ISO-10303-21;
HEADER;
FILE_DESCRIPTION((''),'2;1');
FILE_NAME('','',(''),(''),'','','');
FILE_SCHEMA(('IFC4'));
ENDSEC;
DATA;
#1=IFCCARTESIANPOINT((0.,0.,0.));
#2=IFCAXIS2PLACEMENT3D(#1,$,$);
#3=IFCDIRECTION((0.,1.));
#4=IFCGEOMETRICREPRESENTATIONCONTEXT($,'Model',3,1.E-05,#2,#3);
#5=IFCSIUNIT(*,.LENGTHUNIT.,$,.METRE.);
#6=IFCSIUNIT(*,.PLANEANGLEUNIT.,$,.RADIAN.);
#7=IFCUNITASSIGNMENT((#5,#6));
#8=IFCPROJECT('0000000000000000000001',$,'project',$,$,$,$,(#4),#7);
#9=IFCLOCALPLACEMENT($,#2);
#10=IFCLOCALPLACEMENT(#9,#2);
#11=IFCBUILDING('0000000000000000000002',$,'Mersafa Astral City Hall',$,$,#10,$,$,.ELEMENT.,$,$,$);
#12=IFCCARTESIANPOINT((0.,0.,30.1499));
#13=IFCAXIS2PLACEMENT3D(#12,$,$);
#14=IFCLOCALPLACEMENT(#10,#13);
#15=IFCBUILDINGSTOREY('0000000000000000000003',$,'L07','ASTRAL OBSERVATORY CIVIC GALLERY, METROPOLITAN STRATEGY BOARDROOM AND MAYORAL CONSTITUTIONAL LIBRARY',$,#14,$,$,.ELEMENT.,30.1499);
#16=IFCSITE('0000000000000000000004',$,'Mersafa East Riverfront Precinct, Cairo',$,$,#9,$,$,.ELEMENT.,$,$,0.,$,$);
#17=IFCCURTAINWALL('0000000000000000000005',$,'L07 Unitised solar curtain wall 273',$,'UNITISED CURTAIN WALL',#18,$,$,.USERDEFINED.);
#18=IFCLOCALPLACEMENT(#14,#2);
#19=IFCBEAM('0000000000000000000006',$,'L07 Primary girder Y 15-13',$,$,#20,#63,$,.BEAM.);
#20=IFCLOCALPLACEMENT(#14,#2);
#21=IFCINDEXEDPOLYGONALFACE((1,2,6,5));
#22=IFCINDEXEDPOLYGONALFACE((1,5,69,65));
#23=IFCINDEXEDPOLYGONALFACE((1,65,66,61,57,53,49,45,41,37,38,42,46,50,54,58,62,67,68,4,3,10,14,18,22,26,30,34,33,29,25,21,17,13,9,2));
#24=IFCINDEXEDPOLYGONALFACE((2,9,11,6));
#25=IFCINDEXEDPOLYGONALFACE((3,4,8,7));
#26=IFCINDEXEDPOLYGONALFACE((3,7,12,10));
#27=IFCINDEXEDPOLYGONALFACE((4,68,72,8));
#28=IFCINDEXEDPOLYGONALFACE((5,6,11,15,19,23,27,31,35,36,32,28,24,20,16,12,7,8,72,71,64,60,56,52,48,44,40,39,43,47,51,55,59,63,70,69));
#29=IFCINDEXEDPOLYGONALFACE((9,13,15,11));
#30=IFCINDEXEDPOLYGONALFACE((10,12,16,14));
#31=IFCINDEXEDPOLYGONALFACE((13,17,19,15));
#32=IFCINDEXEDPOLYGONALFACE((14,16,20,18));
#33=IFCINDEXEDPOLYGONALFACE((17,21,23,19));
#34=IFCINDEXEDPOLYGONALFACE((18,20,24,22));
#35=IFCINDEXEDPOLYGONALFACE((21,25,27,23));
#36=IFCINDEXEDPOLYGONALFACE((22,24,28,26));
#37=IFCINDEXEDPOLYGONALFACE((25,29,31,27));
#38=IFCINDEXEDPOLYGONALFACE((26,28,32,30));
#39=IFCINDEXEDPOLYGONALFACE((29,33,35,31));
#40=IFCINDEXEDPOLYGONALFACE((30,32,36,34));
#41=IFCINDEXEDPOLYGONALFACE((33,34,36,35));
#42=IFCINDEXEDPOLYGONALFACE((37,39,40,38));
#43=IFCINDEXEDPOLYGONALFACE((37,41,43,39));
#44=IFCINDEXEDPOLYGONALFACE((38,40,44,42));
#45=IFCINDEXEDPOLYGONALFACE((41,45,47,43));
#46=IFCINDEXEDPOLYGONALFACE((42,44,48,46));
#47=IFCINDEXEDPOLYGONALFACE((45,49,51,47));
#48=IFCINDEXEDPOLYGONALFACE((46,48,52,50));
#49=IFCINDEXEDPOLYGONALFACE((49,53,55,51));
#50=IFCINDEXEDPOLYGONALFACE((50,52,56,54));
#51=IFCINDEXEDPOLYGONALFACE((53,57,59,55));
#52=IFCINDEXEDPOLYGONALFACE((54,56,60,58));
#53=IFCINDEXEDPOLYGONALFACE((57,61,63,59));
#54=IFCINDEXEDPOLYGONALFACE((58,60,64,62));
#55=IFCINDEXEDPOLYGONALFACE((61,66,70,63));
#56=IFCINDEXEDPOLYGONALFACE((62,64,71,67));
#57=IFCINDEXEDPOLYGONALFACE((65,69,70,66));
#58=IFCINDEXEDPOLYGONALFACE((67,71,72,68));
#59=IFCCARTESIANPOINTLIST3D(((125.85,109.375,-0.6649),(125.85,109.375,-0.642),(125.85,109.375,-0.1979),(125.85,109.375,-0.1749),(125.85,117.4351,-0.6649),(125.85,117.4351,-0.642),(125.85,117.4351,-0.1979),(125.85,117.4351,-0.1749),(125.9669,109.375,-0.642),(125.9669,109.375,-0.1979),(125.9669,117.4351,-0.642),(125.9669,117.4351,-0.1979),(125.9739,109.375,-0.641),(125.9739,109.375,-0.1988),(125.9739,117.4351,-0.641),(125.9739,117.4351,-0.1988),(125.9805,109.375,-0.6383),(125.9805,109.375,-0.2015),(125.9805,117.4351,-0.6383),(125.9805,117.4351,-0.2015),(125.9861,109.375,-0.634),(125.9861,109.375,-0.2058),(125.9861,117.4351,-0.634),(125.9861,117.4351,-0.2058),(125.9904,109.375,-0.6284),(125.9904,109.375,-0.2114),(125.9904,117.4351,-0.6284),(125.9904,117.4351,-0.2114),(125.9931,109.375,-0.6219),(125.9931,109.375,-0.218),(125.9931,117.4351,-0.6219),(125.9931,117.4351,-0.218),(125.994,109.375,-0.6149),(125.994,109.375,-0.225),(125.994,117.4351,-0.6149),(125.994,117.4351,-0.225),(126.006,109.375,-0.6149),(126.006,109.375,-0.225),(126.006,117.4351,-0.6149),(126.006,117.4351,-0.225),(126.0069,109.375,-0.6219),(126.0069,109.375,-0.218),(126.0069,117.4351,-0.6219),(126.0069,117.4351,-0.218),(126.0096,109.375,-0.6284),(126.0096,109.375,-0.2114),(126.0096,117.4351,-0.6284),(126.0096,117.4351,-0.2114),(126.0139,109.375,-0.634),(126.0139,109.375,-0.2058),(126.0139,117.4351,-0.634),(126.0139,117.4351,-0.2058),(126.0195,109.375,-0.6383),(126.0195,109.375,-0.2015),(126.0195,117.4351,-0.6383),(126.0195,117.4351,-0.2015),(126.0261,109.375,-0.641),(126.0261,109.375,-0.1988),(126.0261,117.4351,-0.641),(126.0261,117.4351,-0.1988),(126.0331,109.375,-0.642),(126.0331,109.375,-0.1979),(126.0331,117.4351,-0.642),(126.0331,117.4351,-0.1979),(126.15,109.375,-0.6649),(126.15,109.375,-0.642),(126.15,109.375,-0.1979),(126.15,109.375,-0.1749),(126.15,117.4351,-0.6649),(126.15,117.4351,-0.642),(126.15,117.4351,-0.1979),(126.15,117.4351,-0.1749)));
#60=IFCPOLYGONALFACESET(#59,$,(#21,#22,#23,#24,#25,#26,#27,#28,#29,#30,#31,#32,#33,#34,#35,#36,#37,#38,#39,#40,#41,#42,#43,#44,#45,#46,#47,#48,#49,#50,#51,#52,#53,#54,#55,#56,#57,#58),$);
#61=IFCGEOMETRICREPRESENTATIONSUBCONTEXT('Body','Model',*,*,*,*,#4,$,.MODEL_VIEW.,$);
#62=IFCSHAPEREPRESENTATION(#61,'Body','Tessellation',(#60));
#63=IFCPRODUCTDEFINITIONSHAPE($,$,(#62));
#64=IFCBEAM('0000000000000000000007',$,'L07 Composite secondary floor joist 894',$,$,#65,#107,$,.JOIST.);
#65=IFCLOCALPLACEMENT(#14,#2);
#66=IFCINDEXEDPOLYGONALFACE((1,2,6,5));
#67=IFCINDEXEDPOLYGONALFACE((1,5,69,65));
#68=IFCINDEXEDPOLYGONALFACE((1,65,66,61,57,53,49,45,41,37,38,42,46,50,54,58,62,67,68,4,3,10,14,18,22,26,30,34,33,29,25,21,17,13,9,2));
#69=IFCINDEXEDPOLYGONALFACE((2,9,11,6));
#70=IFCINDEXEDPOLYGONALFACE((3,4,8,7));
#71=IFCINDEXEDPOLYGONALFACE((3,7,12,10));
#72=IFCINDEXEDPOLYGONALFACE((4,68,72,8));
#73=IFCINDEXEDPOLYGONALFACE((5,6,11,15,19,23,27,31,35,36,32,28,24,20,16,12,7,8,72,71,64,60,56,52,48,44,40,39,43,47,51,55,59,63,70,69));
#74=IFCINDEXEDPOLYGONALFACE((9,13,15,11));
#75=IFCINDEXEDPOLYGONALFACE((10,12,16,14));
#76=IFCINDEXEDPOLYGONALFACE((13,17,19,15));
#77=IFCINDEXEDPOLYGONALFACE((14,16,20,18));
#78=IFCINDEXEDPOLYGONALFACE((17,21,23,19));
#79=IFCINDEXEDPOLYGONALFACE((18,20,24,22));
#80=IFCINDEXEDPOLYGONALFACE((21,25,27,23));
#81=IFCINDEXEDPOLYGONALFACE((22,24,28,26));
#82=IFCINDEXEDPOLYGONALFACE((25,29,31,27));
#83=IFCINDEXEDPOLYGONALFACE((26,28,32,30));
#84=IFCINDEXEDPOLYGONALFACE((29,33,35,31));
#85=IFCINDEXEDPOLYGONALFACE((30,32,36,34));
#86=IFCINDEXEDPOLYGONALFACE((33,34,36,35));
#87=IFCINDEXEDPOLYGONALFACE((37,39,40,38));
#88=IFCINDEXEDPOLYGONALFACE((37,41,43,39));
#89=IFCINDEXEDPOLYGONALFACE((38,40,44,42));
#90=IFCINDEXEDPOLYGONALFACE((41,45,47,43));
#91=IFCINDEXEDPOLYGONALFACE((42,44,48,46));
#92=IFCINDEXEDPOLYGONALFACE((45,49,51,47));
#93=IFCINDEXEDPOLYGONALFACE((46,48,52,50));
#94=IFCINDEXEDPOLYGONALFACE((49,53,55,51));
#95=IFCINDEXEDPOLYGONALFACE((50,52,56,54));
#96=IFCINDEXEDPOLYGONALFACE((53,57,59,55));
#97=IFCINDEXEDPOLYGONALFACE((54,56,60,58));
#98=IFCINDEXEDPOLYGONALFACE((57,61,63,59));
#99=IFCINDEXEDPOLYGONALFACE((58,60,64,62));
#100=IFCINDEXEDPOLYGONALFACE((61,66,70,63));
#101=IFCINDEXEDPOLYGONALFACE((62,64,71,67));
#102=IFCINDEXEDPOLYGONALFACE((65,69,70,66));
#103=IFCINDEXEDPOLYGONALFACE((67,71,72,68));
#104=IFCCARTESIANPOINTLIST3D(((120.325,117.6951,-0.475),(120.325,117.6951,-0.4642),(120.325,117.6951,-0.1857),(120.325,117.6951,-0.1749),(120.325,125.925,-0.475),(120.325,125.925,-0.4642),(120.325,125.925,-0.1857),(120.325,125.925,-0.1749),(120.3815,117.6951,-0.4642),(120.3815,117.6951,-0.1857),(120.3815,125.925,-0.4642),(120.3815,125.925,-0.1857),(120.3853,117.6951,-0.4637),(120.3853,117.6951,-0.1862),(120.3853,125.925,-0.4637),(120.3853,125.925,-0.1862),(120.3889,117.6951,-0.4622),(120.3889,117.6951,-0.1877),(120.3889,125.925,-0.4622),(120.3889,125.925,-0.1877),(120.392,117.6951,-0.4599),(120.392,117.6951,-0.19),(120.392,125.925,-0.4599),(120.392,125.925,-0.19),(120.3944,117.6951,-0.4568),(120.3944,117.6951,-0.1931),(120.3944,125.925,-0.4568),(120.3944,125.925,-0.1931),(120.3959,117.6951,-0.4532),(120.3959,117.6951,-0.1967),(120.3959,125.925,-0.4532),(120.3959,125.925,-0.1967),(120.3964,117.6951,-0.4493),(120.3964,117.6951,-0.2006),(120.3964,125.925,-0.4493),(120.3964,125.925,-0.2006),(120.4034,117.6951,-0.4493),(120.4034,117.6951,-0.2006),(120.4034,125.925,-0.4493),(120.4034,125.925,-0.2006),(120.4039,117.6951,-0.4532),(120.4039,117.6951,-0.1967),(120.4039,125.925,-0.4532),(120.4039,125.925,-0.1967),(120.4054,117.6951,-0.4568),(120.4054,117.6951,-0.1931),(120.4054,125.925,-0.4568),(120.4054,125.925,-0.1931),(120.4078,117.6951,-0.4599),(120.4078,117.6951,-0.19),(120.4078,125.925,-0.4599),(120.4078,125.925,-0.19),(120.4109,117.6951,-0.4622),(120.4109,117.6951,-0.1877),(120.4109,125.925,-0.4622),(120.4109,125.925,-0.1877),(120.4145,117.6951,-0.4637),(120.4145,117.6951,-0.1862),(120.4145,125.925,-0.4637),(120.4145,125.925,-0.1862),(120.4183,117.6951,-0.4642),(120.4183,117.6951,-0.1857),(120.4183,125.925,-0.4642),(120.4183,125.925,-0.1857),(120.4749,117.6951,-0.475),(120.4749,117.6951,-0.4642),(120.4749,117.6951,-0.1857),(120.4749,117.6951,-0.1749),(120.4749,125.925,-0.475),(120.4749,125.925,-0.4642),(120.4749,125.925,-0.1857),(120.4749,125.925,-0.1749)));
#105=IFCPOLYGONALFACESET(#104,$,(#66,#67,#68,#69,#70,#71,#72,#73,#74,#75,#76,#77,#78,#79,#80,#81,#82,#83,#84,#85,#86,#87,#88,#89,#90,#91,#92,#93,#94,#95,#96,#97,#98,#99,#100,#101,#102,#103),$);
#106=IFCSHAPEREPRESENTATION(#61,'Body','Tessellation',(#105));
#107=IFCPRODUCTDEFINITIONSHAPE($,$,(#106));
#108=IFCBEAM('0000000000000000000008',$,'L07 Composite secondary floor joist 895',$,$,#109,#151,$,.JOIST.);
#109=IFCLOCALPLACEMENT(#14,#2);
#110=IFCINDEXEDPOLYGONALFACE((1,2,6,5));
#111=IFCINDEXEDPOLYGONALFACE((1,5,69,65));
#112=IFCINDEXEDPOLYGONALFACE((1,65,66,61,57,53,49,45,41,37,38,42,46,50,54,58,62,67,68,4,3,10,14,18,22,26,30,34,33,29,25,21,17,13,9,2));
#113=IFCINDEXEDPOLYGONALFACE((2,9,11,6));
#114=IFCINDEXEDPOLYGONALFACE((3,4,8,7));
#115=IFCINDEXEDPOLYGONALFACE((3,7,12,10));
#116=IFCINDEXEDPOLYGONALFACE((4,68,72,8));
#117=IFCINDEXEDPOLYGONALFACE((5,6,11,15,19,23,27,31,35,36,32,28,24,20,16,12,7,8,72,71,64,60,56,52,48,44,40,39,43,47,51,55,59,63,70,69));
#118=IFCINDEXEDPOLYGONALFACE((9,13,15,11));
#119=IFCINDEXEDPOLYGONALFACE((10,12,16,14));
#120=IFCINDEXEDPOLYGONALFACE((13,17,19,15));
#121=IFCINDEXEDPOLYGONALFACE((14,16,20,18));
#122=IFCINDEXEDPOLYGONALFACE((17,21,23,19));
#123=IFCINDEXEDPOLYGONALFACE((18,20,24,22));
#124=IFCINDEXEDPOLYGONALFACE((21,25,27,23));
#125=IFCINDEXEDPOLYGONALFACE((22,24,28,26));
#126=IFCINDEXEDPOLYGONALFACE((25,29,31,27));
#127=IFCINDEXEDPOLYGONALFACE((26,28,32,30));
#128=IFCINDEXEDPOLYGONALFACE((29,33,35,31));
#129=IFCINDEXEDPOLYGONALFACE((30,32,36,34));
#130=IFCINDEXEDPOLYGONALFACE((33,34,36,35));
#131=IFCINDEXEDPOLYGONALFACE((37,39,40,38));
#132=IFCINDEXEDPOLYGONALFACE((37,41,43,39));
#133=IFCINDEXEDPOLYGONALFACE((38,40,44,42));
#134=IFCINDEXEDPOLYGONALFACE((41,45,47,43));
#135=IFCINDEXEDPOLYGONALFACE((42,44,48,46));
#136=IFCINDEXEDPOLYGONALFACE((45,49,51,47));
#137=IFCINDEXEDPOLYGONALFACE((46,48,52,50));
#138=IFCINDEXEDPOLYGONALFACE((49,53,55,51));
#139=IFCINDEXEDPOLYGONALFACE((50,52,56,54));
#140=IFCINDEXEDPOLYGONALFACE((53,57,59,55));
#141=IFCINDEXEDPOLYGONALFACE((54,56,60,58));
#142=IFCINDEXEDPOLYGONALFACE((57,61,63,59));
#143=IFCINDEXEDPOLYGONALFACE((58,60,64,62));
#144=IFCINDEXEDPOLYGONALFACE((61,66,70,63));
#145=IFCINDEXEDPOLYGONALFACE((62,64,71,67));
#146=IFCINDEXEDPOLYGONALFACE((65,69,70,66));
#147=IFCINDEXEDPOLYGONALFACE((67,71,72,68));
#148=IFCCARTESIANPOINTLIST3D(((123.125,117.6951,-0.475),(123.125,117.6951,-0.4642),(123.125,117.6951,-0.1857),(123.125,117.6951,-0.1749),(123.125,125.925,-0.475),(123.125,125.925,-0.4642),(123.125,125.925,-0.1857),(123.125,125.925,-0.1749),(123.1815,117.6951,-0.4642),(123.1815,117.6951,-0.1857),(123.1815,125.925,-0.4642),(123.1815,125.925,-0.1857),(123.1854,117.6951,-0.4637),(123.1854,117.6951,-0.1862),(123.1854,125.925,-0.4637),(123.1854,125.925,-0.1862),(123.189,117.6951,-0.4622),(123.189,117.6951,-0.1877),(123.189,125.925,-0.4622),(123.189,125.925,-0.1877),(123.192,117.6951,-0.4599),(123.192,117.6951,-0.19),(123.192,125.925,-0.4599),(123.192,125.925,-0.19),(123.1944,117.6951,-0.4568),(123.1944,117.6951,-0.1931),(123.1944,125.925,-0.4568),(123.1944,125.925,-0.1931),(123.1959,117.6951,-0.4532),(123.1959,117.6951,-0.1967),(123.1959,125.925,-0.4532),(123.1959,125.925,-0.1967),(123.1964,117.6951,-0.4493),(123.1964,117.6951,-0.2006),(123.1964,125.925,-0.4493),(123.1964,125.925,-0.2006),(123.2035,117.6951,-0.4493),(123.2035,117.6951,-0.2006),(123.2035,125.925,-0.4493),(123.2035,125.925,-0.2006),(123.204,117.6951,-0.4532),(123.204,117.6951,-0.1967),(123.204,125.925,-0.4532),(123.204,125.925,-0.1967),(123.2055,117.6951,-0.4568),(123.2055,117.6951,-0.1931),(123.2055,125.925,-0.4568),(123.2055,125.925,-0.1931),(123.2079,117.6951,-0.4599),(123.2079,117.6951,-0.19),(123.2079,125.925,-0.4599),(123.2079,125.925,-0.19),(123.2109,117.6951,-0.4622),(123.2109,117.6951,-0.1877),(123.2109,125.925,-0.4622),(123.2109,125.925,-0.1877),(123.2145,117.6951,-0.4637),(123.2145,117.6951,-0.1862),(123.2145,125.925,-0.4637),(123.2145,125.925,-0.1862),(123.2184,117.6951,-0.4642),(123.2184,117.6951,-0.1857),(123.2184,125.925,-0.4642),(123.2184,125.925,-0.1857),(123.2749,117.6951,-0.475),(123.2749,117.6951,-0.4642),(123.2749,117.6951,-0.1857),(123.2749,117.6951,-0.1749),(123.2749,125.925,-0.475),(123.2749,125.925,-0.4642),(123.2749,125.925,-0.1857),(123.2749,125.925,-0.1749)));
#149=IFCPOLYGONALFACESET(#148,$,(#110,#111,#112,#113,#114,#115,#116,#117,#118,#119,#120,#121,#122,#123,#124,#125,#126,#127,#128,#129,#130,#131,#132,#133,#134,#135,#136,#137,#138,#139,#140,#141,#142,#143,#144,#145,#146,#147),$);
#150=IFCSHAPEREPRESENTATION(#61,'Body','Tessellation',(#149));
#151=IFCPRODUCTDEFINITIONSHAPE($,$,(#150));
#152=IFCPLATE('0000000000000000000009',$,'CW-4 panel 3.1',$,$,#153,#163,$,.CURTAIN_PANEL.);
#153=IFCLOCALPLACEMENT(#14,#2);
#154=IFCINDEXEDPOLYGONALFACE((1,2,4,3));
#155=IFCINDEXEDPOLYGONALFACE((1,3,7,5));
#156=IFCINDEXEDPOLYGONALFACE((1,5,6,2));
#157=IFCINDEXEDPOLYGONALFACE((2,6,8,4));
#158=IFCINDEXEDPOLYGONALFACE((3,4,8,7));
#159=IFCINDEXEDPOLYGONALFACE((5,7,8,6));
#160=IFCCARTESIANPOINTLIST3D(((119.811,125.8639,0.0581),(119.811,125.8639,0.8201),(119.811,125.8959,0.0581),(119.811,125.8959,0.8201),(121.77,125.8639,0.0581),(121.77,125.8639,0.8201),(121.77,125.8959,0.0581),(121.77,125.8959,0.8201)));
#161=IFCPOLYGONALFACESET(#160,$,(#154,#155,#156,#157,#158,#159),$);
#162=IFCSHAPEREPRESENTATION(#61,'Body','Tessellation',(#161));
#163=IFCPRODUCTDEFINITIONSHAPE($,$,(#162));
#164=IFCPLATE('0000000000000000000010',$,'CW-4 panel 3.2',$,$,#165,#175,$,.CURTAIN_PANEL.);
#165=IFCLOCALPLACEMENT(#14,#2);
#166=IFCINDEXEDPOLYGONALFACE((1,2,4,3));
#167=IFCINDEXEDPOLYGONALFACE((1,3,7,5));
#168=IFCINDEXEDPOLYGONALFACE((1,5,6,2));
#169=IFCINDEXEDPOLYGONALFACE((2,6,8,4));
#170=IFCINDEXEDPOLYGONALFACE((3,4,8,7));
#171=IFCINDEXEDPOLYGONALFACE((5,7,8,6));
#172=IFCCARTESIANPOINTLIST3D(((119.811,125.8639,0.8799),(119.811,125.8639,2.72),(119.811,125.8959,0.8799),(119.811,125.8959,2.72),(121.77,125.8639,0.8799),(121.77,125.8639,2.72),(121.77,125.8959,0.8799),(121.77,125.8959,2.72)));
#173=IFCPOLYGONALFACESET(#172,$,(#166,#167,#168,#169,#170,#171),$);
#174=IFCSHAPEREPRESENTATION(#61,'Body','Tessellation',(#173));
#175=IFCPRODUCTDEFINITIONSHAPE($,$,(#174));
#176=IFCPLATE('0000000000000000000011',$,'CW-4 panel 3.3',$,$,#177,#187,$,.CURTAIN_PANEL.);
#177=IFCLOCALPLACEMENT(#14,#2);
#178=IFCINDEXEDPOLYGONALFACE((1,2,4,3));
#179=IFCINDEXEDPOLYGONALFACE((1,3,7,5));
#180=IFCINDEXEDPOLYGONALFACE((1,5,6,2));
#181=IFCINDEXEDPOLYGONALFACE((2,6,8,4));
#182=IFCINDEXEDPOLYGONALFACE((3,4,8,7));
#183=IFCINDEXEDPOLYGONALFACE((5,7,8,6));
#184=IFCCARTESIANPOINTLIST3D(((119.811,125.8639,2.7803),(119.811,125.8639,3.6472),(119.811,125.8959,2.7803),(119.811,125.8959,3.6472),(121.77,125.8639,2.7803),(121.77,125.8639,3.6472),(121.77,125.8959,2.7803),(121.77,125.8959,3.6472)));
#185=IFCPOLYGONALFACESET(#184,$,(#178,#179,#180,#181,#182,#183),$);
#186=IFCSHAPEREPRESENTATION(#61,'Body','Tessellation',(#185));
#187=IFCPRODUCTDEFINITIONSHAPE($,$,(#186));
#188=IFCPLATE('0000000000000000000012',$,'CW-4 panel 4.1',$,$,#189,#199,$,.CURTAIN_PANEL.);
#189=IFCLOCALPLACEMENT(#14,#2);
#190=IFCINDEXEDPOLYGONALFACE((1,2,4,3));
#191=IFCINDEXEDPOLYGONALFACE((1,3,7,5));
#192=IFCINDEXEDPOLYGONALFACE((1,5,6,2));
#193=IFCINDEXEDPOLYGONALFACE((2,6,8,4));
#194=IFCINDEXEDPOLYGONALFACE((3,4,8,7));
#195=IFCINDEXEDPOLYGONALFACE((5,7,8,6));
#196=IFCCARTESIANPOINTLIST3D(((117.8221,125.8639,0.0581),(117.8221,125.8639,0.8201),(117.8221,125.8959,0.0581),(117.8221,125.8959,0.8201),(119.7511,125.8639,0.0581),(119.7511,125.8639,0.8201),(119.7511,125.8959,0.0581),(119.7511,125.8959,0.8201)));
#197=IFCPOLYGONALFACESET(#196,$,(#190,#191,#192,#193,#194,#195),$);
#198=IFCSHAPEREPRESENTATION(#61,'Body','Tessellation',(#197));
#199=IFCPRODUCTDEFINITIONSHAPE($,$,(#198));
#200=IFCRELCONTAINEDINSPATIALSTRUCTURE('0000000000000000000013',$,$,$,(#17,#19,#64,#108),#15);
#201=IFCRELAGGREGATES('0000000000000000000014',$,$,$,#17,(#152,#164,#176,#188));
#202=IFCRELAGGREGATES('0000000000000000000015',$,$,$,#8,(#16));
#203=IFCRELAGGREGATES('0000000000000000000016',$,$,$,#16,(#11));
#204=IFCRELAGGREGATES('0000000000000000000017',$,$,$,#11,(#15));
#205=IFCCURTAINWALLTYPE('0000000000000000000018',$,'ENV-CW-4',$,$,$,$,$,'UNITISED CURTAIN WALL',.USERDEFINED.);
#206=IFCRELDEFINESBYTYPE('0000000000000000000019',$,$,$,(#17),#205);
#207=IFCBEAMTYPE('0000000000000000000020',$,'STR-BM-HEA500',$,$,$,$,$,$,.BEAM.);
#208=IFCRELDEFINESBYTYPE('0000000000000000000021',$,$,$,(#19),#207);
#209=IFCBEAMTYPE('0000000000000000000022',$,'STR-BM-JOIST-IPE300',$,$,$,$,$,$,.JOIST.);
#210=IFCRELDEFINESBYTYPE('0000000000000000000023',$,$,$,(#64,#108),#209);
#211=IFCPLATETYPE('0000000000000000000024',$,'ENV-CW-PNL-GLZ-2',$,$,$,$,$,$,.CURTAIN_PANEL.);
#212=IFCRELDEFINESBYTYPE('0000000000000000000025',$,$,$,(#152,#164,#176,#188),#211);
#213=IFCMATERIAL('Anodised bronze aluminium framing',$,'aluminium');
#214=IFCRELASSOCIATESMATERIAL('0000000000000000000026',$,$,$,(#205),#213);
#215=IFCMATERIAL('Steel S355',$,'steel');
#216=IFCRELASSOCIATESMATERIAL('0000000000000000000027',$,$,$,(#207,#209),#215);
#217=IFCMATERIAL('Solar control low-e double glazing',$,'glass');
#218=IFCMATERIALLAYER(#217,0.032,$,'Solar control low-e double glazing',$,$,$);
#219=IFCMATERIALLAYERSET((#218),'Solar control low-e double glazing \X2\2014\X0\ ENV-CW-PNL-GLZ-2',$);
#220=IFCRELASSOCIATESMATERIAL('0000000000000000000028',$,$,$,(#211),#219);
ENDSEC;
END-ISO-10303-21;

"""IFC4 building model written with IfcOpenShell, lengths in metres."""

from ifc_helpers import new_model, si_unit, direction, frame, origin, origin_2d, place, context, subcontext, project, spatial, rectangle, i_section, extrude, material, layer, layer_set, material_profile, profile_set, type_object, element, aggregate, save


model = new_model("IFC4")

# Units and contexts
model_context = context("Model", 3, precision=1e-05, world=origin(), true_north=direction((0.0, 1.0)))
body_context = subcontext(model_context, "Body", "Model", "MODEL_VIEW")
ifc_project = project(units=[si_unit("LENGTHUNIT", "METRE"), si_unit("PLANEANGLEUNIT", "RADIAN")], contexts=[model_context])

# Site, building, storey
site_placement = place(None, origin())
site = spatial("IfcSite", under=ifc_project, at=site_placement, Name="Mersafa East Riverfront Precinct, Cairo", CompositionType="ELEMENT", RefElevation=0.0)
building_placement = place(site_placement, origin())
building = spatial("IfcBuilding", under=site, at=building_placement, Name="Mersafa Astral City Hall", CompositionType="ELEMENT")
storey_placement = place(building_placement, frame((0.0, 0.0, 30.1499)))
storey = spatial("IfcBuildingStorey", under=building, at=storey_placement, Name="L07", Description="ASTRAL OBSERVATORY CIVIC GALLERY, METROPOLITAN STRATEGY BOARDROOM AND MAYORAL CONSTITUTIONAL LIBRARY", CompositionType="ELEMENT", Elevation=30.1499)

# Curtain wall
ifc_material_1 = material(Name="Anodised bronze aluminium framing", Category="aluminium")
curtain_wall_type = type_object("IfcCurtainWallType", Name="ENV-CW-4", ElementType="UNITISED CURTAIN WALL", PredefinedType="USERDEFINED", material=ifc_material_1)
curtain_wall_placement = place(storey_placement, origin())
curtain_wall = element("IfcCurtainWall", 1, at=curtain_wall_placement, inside=storey, type_object=curtain_wall_type, Name="L07 Unitised solar curtain wall 273", ObjectType="UNITISED CURTAIN WALL", PredefinedType="USERDEFINED")

# Beams
ifc_material_2 = material(Name="Steel S355", Category="steel")
ifc_material_profile_1 = material_profile(ifc_material_2, i_section(OverallWidth=0.3, OverallDepth=0.49, WebThickness=0.012, FlangeThickness=0.0229, FilletRadius=0.0271, at=origin_2d()), Name="HEA 500")
ifc_profile_set_1 = profile_set([ifc_material_profile_1], Name="Steel S355")
beam_type_1 = type_object("IfcBeamType", Name="STR-BM-HEA500", PredefinedType="BEAM", material=ifc_profile_set_1)
beam_placement = place(storey_placement, frame((126.0, 109.375, -0.4199), z_axis=(0.0, 1.0, 0.0), x_axis=(-1.0, 0.0, 0.0)))
element("IfcBeam", 2, at=beam_placement, inside=storey, type_object=beam_type_1, Name="L07 Primary girder Y 15-13", PredefinedType="BEAM", context=body_context, shape_type="SweptSolid", body=[
    extrude(i_section(OverallWidth=0.3, OverallDepth=0.49, WebThickness=0.012, FlangeThickness=0.0229, FilletRadius=0.0271, at=origin_2d()), origin(), (0.0, 0.0, 1.0), 8.0601),
])
ifc_material_profile_2 = material_profile(ifc_material_2, i_section(OverallWidth=0.1499, OverallDepth=0.3, WebThickness=0.0071, FlangeThickness=0.0107, FilletRadius=0.0149, at=origin_2d()), Name="IPE 300")
ifc_profile_set_2 = profile_set([ifc_material_profile_2], Name="Steel S355")
beam_type_2 = type_object("IfcBeamType", Name="STR-BM-JOIST-IPE300", PredefinedType="JOIST", material=ifc_profile_set_2)
for number, where, z_axis, x_axis, name in (
    (3, (120.3999, 117.6951, -0.325), (0.0, 1.0, 0.0), (-1.0, 0.0, 0.0), "L07 Composite secondary floor joist 894"),
    (4, (123.2, 117.6951, -0.325), (0.0, 1.0, 0.0), (-1.0, 0.0, 0.0), "L07 Composite secondary floor joist 895"),
):
    element("IfcBeam", number, at=place(storey_placement, frame(where, z_axis=z_axis, x_axis=x_axis)), inside=storey, type_object=beam_type_2, Name=name, PredefinedType="JOIST", context=body_context, shape_type="SweptSolid", body=[
        extrude(i_section(OverallWidth=0.1499, OverallDepth=0.3, WebThickness=0.0071, FlangeThickness=0.0107, FilletRadius=0.0149, at=origin_2d()), origin(), (0.0, 0.0, 1.0), 8.23),
    ])

# Plates
ifc_material_3 = material(Name="Solar control low-e double glazing", Category="glass")
ifc_layer_1 = layer(ifc_material_3, 0.032, Name="Solar control low-e double glazing")
ifc_layer_set_1 = layer_set([ifc_layer_1], Name="Solar control low-e double glazing — ENV-CW-PNL-GLZ-2")
plate_type = type_object("IfcPlateType", Name="ENV-CW-PNL-GLZ-2", PredefinedType="CURTAIN_PANEL", material=ifc_layer_set_1)
plate_1_placement = place(storey_placement, frame((120.7905, 125.8799, 0.0581), z_axis=(0.0, 0.0, 1.0), x_axis=(-1.0, 0.0, 0.0)))
plate_1 = element("IfcPlate", 5, at=plate_1_placement, type_object=plate_type, Name="CW-4 panel 3.1", PredefinedType="CURTAIN_PANEL", context=body_context, shape_type="SweptSolid", body=[
    extrude(rectangle(XDim=1.959, YDim=0.032, at=origin_2d()), origin(), (0.0, 0.0, 1.0), 0.762),
])
plate_2_placement = place(storey_placement, frame((120.7905, 125.8799, 0.8799), z_axis=(0.0, 0.0, 1.0), x_axis=(-1.0, 0.0, 0.0)))
plate_2 = element("IfcPlate", 6, at=plate_2_placement, type_object=plate_type, Name="CW-4 panel 3.2", PredefinedType="CURTAIN_PANEL", context=body_context, shape_type="SweptSolid", body=[
    extrude(rectangle(XDim=1.959, YDim=0.032, at=origin_2d()), origin(), (0.0, 0.0, 1.0), 1.8401),
])
plate_3_placement = place(storey_placement, frame((120.7905, 125.8799, 2.7803), z_axis=(0.0, 0.0, 1.0), x_axis=(-1.0, 0.0, 0.0)))
plate_3 = element("IfcPlate", 7, at=plate_3_placement, type_object=plate_type, Name="CW-4 panel 3.3", PredefinedType="CURTAIN_PANEL", context=body_context, shape_type="SweptSolid", body=[
    extrude(rectangle(XDim=1.959, YDim=0.032, at=origin_2d()), origin(), (0.0, 0.0, 1.0), 0.8669),
])
plate_4_placement = place(storey_placement, frame((118.7866, 125.8799, 0.0581), z_axis=(0.0, 0.0, 1.0), x_axis=(-1.0, 0.0, 0.0)))
plate_4 = element("IfcPlate", 8, at=plate_4_placement, type_object=plate_type, Name="CW-4 panel 4.1", PredefinedType="CURTAIN_PANEL", context=body_context, shape_type="SweptSolid", body=[
    extrude(rectangle(XDim=1.929, YDim=0.032, at=origin_2d()), origin(), (0.0, 0.0, 1.0), 0.762),
])
aggregate(curtain_wall, [plate_1, plate_2, plate_3, plate_4])

save(model, "model.ifc")
